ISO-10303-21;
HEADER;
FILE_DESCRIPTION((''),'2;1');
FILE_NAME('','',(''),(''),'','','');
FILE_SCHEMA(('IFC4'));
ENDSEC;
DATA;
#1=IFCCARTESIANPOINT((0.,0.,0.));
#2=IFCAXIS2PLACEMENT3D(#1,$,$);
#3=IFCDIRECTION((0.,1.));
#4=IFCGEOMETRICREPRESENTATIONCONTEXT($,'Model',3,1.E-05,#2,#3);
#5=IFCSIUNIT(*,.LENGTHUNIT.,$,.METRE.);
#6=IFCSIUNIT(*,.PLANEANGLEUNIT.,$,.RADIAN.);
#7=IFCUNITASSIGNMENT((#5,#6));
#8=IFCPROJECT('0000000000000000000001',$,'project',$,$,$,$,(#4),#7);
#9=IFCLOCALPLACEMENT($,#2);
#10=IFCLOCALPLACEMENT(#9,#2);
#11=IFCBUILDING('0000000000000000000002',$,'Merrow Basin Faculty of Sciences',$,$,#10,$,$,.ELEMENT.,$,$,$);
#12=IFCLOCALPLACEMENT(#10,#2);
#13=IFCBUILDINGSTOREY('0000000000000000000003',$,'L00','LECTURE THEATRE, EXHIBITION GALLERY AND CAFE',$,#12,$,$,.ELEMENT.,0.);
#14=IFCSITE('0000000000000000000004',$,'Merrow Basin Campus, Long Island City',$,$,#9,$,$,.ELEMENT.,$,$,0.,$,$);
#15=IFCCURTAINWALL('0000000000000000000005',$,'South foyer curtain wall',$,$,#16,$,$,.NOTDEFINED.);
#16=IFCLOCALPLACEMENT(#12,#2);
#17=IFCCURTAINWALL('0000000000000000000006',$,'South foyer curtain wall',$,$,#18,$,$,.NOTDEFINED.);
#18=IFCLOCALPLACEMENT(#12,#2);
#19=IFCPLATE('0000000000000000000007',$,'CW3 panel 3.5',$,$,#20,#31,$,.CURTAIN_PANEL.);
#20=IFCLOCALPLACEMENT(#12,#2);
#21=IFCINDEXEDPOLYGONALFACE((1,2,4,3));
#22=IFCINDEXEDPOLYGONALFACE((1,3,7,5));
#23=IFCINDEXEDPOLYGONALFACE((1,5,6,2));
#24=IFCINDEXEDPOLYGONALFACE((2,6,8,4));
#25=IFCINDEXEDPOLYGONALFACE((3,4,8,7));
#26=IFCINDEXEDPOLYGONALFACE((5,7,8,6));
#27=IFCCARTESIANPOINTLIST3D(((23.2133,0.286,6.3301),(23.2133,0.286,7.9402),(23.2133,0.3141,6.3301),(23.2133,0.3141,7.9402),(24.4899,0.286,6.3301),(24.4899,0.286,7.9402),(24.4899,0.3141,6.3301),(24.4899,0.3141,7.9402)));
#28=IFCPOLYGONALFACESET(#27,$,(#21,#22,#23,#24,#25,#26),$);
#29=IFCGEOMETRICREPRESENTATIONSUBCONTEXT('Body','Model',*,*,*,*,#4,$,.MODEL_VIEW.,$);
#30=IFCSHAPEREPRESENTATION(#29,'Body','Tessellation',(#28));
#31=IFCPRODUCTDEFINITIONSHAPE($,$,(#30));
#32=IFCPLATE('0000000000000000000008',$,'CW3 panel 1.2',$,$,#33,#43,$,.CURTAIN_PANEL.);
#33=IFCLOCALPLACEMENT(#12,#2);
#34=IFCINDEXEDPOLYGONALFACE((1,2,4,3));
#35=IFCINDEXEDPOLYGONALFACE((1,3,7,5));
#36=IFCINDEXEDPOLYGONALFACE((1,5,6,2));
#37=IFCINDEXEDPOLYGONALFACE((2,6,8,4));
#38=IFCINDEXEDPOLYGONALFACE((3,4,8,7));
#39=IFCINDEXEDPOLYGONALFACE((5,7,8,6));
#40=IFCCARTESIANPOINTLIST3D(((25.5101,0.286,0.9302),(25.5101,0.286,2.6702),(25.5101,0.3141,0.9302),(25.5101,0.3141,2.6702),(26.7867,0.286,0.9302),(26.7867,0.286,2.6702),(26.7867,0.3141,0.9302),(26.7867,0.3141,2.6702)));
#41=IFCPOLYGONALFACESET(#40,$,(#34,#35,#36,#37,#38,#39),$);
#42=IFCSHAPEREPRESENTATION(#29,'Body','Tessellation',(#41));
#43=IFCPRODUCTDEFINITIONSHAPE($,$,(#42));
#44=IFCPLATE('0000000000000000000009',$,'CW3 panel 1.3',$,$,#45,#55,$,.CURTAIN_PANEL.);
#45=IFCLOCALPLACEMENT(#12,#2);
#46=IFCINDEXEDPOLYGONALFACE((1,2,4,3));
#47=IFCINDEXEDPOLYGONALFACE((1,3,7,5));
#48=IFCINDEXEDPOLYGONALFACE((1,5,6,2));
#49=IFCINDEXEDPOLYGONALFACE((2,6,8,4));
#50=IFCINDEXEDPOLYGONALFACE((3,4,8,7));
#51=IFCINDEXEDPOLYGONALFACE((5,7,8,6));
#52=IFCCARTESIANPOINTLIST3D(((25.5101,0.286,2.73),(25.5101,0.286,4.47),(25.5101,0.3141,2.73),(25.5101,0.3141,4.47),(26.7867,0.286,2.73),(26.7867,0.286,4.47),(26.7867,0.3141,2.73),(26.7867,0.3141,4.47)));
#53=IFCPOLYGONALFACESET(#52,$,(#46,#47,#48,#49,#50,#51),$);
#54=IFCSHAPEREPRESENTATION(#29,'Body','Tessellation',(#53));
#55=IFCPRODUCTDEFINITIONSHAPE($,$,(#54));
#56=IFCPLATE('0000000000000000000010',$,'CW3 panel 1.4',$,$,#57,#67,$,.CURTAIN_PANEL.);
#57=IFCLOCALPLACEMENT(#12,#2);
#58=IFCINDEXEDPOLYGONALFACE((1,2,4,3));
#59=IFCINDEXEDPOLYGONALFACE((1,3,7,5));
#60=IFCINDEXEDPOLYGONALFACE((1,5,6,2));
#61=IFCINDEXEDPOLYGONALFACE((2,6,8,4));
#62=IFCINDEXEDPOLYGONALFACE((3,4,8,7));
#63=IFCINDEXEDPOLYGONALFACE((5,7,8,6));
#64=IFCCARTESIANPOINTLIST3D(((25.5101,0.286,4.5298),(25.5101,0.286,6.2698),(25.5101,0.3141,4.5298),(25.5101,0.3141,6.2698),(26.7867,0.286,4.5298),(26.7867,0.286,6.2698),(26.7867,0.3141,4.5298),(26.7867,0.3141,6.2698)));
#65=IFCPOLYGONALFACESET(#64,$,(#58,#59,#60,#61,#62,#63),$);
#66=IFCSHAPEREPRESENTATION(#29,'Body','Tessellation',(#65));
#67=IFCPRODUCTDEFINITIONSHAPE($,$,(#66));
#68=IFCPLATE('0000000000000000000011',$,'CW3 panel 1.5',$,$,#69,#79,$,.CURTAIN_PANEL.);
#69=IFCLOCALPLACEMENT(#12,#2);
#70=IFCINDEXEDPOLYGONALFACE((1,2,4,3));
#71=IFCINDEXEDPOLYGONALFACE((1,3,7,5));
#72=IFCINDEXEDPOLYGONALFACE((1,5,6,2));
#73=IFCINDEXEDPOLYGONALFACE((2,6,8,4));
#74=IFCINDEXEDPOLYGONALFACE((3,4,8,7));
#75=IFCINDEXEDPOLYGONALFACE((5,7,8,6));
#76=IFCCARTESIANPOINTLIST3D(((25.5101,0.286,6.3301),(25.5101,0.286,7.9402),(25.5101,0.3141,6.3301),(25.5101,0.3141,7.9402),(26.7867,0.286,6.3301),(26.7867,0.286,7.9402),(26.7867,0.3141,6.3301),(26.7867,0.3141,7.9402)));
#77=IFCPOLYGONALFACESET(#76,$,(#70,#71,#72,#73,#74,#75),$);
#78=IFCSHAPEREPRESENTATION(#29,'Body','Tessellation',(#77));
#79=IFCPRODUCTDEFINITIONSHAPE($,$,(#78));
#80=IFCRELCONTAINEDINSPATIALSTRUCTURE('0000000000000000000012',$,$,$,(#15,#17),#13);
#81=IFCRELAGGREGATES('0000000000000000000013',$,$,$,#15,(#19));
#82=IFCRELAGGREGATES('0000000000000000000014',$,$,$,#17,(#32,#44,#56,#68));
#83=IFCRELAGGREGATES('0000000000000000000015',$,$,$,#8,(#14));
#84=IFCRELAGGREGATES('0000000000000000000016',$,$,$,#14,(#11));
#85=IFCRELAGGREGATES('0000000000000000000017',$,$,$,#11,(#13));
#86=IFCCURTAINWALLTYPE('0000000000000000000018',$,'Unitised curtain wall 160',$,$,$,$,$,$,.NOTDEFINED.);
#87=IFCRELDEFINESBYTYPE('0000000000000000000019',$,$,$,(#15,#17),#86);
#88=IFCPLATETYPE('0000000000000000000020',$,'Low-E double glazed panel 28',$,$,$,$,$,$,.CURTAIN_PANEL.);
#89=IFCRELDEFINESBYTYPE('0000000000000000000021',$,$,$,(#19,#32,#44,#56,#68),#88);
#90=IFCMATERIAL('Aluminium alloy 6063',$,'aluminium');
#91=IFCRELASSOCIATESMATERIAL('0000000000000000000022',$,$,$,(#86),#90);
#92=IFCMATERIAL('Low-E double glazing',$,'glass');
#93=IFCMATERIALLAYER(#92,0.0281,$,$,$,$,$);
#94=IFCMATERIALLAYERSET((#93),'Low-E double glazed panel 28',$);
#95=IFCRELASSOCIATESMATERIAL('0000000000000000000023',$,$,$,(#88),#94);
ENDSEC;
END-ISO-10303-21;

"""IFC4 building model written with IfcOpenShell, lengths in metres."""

from ifc_helpers import new_model, si_unit, direction, frame, origin, origin_2d, place, context, subcontext, project, spatial, rectangle, extrude, material, layer, layer_set, type_object, element, aggregate, save


model = new_model("IFC4")

# Units and contexts
model_context = context("Model", 3, precision=1e-05, world=origin(), true_north=direction((0.0, 1.0)))
body_context = subcontext(model_context, "Body", "Model", "MODEL_VIEW")
ifc_project = project(units=[si_unit("LENGTHUNIT", "METRE"), si_unit("PLANEANGLEUNIT", "RADIAN")], contexts=[model_context])

# Site, building, storey
site_placement = place(None, origin())
site = spatial("IfcSite", under=ifc_project, at=site_placement, Name="Merrow Basin Campus, Long Island City", CompositionType="ELEMENT", RefElevation=0.0)
building_placement = place(site_placement, origin())
building = spatial("IfcBuilding", under=site, at=building_placement, Name="Merrow Basin Faculty of Sciences", CompositionType="ELEMENT")
storey_placement = place(building_placement, origin())
storey = spatial("IfcBuildingStorey", under=building, at=storey_placement, Name="L00", Description="LECTURE THEATRE, EXHIBITION GALLERY AND CAFE", CompositionType="ELEMENT", Elevation=0.0)

# Curtain wall
ifc_material_1 = material(Name="Aluminium alloy 6063", Category="aluminium")
curtain_wall_type = type_object("IfcCurtainWallType", Name="Unitised curtain wall 160", PredefinedType="NOTDEFINED", material=ifc_material_1)
curtain_wall_1_placement = place(storey_placement, origin())
curtain_wall_1 = element("IfcCurtainWall", 1, at=curtain_wall_1_placement, inside=storey, type_object=curtain_wall_type, Name="South foyer curtain wall", PredefinedType="NOTDEFINED")

# Curtain wall
curtain_wall_2_placement = place(storey_placement, origin())
curtain_wall_2 = element("IfcCurtainWall", 2, at=curtain_wall_2_placement, inside=storey, type_object=curtain_wall_type, Name="South foyer curtain wall", PredefinedType="NOTDEFINED")

# Plates
ifc_material_2 = material(Name="Low-E double glazing", Category="glass")
ifc_layer_1 = layer(ifc_material_2, 0.0281)
ifc_layer_set_1 = layer_set([ifc_layer_1], Name="Low-E double glazed panel 28")
plate_type_1 = type_object("IfcPlateType", Name="Low-E double glazed panel 28", PredefinedType="CURTAIN_PANEL", material=ifc_layer_set_1)
plate_1_placement = place(storey_placement, frame((23.8516, 0.3, 6.3301), z_axis=(0.0, 0.0, 1.0), x_axis=(1.0, 0.0, 0.0)))
plate_1 = element("IfcPlate", 3, at=plate_1_placement, type_object=plate_type_1, Name="CW3 panel 3.5", PredefinedType="CURTAIN_PANEL", context=body_context, shape_type="SweptSolid", body=[
    extrude(rectangle(XDim=1.2766, YDim=0.0281, at=origin_2d()), origin(), (0.0, 0.0, 1.0), 1.6101),
])
aggregate(curtain_wall_1, [plate_1])
plate_2_placement = place(storey_placement, frame((26.1484, 0.3, 0.9302), z_axis=(0.0, 0.0, 1.0), x_axis=(1.0, 0.0, 0.0)))
plate_2 = element("IfcPlate", 4, at=plate_2_placement, type_object=plate_type_1, Name="CW3 panel 1.2", PredefinedType="CURTAIN_PANEL", context=body_context, shape_type="SweptSolid", body=[
    extrude(rectangle(XDim=1.2766, YDim=0.0281, at=origin_2d()), origin(), (0.0, 0.0, 1.0), 1.74),
])
plate_3_placement = place(storey_placement, frame((26.1484, 0.3, 2.73), z_axis=(0.0, 0.0, 1.0), x_axis=(1.0, 0.0, 0.0)))
plate_3 = element("IfcPlate", 5, at=plate_3_placement, type_object=plate_type_1, Name="CW3 panel 1.3", PredefinedType="CURTAIN_PANEL", context=body_context, shape_type="SweptSolid", body=[
    extrude(rectangle(XDim=1.2766, YDim=0.0281, at=origin_2d()), origin(), (0.0, 0.0, 1.0), 1.74),
])
plate_4_placement = place(storey_placement, frame((26.1484, 0.3, 4.5298), z_axis=(0.0, 0.0, 1.0), x_axis=(1.0, 0.0, 0.0)))
plate_4 = element("IfcPlate", 6, at=plate_4_placement, type_object=plate_type_1, Name="CW3 panel 1.4", PredefinedType="CURTAIN_PANEL", context=body_context, shape_type="SweptSolid", body=[
    extrude(rectangle(XDim=1.2766, YDim=0.0281, at=origin_2d()), origin(), (0.0, 0.0, 1.0), 1.74),
])
plate_5_placement = place(storey_placement, frame((26.1484, 0.3, 6.3301), z_axis=(0.0, 0.0, 1.0), x_axis=(1.0, 0.0, 0.0)))
plate_5 = element("IfcPlate", 7, at=plate_5_placement, type_object=plate_type_1, Name="CW3 panel 1.5", PredefinedType="CURTAIN_PANEL", context=body_context, shape_type="SweptSolid", body=[
    extrude(rectangle(XDim=1.2766, YDim=0.0281, at=origin_2d()), origin(), (0.0, 0.0, 1.0), 1.6101),
])
aggregate(curtain_wall_2, [plate_2, plate_3, plate_4, plate_5])

save(model, "model.ifc")
